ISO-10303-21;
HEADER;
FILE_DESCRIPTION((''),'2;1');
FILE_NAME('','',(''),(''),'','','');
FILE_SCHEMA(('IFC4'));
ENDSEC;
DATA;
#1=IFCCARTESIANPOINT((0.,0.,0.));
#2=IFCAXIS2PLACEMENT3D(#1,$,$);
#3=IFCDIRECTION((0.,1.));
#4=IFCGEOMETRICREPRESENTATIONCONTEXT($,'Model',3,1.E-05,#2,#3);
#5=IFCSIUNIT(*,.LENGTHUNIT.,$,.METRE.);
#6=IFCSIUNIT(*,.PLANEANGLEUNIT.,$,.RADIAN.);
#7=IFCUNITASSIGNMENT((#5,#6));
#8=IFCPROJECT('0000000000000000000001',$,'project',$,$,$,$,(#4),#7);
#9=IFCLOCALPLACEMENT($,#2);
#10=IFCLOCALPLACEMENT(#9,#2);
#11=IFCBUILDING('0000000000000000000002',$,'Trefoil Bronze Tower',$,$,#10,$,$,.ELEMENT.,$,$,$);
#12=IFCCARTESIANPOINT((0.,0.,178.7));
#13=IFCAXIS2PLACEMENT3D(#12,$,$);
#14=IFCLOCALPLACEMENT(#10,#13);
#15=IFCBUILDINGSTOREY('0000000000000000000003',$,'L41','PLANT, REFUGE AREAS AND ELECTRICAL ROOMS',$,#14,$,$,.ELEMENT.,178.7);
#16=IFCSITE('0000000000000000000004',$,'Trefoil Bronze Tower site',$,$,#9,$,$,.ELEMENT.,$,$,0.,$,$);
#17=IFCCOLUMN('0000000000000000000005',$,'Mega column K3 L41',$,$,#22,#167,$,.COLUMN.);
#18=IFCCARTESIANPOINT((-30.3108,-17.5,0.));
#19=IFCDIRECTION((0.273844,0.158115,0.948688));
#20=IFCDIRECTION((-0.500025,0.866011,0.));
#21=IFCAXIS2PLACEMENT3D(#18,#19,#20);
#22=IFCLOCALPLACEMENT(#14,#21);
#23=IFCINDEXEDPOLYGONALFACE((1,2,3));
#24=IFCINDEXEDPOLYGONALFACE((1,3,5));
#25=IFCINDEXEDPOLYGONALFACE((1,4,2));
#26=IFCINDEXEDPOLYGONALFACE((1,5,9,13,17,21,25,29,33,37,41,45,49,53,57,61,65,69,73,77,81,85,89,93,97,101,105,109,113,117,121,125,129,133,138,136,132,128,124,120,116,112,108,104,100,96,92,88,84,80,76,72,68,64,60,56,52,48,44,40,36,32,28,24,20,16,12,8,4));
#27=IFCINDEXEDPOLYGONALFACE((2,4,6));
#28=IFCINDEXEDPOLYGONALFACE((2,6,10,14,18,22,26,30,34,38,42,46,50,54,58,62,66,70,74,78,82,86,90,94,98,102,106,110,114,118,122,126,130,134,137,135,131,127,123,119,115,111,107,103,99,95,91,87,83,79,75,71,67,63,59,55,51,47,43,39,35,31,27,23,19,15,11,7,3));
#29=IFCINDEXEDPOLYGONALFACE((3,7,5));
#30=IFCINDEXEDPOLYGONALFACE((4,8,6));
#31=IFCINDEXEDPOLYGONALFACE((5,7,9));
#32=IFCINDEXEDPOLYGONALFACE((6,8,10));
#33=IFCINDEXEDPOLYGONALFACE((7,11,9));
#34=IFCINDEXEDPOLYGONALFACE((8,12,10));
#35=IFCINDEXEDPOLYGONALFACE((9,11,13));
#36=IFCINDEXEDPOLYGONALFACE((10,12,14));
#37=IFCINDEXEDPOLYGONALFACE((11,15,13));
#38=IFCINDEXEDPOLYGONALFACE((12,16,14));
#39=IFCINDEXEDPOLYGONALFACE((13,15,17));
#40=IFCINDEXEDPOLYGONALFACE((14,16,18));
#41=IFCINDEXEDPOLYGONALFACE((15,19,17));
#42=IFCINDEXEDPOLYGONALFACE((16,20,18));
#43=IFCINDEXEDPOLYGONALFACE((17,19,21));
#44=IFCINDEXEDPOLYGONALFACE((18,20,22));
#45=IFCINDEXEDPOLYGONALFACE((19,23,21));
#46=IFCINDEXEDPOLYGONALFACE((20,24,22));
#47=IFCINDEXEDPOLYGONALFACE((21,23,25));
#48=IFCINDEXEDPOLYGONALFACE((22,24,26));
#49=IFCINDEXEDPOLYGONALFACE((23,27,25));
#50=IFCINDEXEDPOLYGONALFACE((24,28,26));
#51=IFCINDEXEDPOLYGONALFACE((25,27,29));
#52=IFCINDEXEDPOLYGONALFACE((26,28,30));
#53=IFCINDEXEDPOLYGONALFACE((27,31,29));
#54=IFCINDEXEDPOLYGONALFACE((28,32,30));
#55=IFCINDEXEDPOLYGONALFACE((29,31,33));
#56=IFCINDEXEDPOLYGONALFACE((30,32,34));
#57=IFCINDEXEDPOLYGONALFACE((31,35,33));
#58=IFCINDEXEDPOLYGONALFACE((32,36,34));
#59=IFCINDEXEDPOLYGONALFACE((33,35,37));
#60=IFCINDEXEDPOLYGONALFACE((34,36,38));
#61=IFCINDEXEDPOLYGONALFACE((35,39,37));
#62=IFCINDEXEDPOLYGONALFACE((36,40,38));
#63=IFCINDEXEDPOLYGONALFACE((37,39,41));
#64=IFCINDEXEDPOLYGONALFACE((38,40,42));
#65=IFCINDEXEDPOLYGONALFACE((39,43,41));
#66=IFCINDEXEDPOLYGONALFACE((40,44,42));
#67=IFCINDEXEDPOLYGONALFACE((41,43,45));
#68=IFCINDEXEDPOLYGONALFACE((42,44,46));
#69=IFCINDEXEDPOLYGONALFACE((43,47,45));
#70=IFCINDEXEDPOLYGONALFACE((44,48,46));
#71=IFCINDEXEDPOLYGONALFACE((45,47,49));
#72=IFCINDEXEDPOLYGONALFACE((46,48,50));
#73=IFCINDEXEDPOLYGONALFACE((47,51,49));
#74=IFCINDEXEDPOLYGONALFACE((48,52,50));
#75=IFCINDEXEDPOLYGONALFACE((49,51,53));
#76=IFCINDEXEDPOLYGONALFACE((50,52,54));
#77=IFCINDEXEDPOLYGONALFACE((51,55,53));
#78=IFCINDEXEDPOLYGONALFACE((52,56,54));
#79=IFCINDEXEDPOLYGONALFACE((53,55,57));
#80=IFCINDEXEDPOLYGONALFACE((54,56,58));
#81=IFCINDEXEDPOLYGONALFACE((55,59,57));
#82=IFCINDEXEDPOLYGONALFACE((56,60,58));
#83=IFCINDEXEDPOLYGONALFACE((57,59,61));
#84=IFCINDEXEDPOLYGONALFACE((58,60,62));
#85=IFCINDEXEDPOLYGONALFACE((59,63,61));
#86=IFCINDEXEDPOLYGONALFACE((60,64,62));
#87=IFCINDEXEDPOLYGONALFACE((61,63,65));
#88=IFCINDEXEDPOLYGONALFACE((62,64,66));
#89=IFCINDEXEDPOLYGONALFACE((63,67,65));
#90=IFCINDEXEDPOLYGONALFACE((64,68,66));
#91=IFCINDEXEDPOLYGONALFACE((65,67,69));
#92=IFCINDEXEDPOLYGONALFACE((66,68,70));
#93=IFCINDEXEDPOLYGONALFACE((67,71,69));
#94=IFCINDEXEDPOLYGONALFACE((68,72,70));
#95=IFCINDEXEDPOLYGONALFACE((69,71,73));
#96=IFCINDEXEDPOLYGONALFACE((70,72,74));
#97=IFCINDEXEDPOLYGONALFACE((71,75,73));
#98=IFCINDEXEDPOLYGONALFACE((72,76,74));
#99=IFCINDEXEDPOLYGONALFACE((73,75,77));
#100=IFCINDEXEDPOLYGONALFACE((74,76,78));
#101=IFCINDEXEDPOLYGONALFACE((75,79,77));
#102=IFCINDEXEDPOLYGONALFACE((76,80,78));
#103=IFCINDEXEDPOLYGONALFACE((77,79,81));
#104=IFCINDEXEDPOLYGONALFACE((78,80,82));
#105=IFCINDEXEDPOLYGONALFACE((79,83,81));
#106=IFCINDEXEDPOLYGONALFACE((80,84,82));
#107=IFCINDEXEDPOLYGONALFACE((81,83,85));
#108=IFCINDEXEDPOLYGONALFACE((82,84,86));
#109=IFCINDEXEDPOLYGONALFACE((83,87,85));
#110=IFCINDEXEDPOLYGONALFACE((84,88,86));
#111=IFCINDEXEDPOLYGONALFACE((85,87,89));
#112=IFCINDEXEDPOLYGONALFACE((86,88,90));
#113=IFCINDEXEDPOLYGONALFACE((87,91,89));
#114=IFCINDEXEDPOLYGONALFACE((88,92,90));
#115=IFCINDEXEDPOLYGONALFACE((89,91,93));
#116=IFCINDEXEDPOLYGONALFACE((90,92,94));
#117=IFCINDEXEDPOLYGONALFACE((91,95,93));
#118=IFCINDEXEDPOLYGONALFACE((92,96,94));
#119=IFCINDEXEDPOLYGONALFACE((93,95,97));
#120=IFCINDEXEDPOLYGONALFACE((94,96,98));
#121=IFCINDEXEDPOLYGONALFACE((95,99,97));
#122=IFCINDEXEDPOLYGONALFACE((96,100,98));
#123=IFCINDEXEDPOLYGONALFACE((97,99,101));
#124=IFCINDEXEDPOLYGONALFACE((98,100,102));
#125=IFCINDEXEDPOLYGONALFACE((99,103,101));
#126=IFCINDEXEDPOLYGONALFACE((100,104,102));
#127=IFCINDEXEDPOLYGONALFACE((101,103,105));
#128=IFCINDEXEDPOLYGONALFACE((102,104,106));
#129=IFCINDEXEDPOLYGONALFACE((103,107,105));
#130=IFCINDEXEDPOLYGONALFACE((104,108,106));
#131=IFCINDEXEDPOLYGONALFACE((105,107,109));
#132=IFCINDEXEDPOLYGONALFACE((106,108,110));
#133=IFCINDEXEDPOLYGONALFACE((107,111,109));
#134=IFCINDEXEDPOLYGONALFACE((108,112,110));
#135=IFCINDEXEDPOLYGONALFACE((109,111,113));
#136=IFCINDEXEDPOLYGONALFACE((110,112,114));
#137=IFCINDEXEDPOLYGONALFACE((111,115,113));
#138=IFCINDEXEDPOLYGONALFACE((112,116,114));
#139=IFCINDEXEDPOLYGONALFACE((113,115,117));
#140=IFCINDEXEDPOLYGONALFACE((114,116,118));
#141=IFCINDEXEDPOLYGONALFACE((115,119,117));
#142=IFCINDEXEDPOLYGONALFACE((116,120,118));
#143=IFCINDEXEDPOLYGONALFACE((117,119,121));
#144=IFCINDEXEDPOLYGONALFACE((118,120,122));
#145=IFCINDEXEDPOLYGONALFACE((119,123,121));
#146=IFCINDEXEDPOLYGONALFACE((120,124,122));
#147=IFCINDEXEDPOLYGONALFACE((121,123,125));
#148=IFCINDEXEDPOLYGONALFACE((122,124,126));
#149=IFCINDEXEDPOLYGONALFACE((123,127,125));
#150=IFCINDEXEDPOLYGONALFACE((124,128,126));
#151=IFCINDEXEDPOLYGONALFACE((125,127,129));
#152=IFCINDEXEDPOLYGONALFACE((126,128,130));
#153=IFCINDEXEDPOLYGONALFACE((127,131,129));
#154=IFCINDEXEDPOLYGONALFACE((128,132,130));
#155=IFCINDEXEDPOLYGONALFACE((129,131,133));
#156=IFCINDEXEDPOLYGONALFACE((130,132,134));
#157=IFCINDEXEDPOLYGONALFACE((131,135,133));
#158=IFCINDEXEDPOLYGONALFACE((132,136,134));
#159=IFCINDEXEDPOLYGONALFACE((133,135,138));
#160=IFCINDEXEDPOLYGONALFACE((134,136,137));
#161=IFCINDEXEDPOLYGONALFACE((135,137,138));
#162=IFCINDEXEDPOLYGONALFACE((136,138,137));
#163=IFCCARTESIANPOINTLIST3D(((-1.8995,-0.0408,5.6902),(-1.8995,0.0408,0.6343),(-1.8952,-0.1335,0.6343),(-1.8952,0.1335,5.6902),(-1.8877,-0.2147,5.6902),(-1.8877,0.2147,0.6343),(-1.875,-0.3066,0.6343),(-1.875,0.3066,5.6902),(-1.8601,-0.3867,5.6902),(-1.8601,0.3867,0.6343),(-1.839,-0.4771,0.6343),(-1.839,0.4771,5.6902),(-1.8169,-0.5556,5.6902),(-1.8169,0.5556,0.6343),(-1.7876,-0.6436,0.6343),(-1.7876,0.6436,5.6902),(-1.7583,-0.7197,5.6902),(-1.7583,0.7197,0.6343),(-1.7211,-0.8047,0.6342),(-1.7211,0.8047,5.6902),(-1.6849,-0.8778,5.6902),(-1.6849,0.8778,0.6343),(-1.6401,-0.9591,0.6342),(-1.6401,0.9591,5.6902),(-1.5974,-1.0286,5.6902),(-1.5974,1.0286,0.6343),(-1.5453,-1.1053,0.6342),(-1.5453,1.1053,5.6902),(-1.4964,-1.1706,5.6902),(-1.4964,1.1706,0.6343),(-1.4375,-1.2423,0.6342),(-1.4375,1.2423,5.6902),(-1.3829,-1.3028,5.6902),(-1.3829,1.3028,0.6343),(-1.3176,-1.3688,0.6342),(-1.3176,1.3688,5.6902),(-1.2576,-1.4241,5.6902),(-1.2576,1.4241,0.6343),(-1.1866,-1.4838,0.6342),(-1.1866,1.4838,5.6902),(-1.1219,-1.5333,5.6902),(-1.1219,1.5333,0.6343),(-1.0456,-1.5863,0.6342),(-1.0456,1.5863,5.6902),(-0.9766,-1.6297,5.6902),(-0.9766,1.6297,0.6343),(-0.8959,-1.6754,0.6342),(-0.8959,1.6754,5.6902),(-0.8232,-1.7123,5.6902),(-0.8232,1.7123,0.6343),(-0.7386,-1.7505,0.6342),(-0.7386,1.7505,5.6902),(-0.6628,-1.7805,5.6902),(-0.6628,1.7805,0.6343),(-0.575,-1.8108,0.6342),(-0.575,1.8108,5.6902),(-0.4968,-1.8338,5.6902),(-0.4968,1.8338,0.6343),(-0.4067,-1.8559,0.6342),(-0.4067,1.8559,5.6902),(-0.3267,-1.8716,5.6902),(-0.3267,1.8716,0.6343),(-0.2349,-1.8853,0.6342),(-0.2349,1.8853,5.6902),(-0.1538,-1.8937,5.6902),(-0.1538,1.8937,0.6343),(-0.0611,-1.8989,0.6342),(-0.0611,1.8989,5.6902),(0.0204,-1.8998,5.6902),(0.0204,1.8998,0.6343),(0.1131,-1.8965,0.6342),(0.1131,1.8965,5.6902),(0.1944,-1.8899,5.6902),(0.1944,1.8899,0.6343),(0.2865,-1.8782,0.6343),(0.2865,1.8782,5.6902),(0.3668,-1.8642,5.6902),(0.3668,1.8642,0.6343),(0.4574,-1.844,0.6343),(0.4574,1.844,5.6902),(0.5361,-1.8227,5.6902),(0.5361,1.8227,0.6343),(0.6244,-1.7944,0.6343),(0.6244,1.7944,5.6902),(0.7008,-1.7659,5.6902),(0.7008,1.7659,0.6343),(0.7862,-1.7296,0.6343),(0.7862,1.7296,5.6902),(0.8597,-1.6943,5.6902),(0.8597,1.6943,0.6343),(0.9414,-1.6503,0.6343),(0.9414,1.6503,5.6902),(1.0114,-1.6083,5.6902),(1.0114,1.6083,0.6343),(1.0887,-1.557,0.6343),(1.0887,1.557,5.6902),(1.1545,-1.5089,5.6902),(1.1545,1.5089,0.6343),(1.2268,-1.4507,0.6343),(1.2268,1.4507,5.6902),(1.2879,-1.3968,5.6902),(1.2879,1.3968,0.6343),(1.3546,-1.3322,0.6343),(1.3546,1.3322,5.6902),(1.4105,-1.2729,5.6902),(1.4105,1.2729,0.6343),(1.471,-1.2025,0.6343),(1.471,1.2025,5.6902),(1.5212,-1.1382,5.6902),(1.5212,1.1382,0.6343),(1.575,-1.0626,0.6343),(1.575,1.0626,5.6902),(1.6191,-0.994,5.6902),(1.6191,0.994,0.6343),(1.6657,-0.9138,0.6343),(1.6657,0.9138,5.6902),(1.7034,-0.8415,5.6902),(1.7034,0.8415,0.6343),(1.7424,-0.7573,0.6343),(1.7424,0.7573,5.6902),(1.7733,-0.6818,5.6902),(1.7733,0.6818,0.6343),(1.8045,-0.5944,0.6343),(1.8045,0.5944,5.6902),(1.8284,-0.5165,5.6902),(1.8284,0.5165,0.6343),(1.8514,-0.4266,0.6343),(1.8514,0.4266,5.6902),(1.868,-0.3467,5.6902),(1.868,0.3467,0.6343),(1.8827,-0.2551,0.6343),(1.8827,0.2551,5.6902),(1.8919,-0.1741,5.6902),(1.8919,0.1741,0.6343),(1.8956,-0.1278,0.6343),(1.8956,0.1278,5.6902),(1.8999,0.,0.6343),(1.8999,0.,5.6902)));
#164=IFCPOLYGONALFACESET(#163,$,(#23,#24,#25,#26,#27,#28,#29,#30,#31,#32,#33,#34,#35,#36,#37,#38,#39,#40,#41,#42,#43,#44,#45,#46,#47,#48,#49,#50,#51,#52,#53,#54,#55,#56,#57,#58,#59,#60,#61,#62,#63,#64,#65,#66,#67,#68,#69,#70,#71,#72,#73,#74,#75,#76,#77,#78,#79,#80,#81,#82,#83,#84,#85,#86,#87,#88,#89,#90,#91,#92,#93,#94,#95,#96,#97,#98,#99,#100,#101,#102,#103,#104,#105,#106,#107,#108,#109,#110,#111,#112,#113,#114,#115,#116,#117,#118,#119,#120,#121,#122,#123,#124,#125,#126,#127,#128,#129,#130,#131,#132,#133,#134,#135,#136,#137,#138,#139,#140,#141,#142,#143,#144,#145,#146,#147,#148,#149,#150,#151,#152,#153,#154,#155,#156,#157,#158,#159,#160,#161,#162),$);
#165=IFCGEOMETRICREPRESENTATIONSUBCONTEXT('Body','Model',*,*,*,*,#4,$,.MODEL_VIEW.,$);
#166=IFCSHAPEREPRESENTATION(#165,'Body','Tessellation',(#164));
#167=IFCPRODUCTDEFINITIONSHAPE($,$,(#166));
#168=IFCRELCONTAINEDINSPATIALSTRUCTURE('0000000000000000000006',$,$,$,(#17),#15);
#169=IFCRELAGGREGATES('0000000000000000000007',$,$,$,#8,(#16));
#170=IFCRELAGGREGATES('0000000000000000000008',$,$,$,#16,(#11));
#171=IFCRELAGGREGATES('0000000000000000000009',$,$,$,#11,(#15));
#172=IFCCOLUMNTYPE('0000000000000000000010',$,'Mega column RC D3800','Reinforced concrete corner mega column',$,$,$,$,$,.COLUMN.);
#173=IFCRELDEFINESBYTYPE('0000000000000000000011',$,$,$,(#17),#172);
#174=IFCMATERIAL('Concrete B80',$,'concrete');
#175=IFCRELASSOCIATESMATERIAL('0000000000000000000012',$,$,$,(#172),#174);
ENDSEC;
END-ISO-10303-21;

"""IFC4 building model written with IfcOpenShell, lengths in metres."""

from ifc_helpers import new_model, si_unit, direction, frame, origin, origin_2d, place, context, subcontext, project, spatial, circle, extrude, clip, halfspace, material, material_profile, profile_set, type_object, element, save


model = new_model("IFC4")

# Units and contexts
model_context = context("Model", 3, precision=1e-05, world=origin(), true_north=direction((0.0, 1.0)))
body_context = subcontext(model_context, "Body", "Model", "MODEL_VIEW")
ifc_project = project(units=[si_unit("LENGTHUNIT", "METRE"), si_unit("PLANEANGLEUNIT", "RADIAN")], contexts=[model_context])

# Site, building, storey
site_placement = place(None, origin())
site = spatial("IfcSite", under=ifc_project, at=site_placement, Name="Trefoil Bronze Tower site", CompositionType="ELEMENT", RefElevation=0.0)
building_placement = place(site_placement, origin())
building = spatial("IfcBuilding", under=site, at=building_placement, Name="Trefoil Bronze Tower", CompositionType="ELEMENT")
storey_placement = place(building_placement, frame((0.0, 0.0, 178.7)))
storey = spatial("IfcBuildingStorey", under=building, at=storey_placement, Name="L41", Description="PLANT, REFUGE AREAS AND ELECTRICAL ROOMS", CompositionType="ELEMENT", Elevation=178.7)

# Column
ifc_material_1 = material(Name="Concrete B80", Category="concrete")
ifc_material_profile_1 = material_profile(ifc_material_1, circle(Radius=1.8999, at=origin_2d()), Name="RC D3800")
ifc_profile_set_1 = profile_set([ifc_material_profile_1], Name="Concrete B80")
column_type = type_object("IfcColumnType", Name="Mega column RC D3800", Description="Reinforced concrete corner mega column", PredefinedType="COLUMN", material=ifc_profile_set_1)
column_placement = place(storey_placement, frame((-30.3108, -17.5, 0.0), z_axis=(0.273844, 0.158115, 0.948688), x_axis=(-0.500025, 0.866011, 0.0)))
element("IfcColumn", 1, at=column_placement, inside=storey, type_object=column_type, Name="Mega column K3 L41", PredefinedType="COLUMN", context=body_context, shape_type="Clipping", body=[
    clip(clip(extrude(circle(Radius=1.8999, at=origin_2d()), origin(), (0.0, 0.0, 1.0), 6.3245), halfspace(frame((0.0, 0.0, 0.6343), z_axis=(-0.000009, -0.000015, 1.0), x_axis=(0.0, 1.0, 0.000015)), True)), halfspace(frame((0.0, 0.0, 5.6902), z_axis=(0.000009, 0.000015, -1.0), x_axis=(0.0, -1.0, -0.000015)), True)),
])

save(model, "model.ifc")
